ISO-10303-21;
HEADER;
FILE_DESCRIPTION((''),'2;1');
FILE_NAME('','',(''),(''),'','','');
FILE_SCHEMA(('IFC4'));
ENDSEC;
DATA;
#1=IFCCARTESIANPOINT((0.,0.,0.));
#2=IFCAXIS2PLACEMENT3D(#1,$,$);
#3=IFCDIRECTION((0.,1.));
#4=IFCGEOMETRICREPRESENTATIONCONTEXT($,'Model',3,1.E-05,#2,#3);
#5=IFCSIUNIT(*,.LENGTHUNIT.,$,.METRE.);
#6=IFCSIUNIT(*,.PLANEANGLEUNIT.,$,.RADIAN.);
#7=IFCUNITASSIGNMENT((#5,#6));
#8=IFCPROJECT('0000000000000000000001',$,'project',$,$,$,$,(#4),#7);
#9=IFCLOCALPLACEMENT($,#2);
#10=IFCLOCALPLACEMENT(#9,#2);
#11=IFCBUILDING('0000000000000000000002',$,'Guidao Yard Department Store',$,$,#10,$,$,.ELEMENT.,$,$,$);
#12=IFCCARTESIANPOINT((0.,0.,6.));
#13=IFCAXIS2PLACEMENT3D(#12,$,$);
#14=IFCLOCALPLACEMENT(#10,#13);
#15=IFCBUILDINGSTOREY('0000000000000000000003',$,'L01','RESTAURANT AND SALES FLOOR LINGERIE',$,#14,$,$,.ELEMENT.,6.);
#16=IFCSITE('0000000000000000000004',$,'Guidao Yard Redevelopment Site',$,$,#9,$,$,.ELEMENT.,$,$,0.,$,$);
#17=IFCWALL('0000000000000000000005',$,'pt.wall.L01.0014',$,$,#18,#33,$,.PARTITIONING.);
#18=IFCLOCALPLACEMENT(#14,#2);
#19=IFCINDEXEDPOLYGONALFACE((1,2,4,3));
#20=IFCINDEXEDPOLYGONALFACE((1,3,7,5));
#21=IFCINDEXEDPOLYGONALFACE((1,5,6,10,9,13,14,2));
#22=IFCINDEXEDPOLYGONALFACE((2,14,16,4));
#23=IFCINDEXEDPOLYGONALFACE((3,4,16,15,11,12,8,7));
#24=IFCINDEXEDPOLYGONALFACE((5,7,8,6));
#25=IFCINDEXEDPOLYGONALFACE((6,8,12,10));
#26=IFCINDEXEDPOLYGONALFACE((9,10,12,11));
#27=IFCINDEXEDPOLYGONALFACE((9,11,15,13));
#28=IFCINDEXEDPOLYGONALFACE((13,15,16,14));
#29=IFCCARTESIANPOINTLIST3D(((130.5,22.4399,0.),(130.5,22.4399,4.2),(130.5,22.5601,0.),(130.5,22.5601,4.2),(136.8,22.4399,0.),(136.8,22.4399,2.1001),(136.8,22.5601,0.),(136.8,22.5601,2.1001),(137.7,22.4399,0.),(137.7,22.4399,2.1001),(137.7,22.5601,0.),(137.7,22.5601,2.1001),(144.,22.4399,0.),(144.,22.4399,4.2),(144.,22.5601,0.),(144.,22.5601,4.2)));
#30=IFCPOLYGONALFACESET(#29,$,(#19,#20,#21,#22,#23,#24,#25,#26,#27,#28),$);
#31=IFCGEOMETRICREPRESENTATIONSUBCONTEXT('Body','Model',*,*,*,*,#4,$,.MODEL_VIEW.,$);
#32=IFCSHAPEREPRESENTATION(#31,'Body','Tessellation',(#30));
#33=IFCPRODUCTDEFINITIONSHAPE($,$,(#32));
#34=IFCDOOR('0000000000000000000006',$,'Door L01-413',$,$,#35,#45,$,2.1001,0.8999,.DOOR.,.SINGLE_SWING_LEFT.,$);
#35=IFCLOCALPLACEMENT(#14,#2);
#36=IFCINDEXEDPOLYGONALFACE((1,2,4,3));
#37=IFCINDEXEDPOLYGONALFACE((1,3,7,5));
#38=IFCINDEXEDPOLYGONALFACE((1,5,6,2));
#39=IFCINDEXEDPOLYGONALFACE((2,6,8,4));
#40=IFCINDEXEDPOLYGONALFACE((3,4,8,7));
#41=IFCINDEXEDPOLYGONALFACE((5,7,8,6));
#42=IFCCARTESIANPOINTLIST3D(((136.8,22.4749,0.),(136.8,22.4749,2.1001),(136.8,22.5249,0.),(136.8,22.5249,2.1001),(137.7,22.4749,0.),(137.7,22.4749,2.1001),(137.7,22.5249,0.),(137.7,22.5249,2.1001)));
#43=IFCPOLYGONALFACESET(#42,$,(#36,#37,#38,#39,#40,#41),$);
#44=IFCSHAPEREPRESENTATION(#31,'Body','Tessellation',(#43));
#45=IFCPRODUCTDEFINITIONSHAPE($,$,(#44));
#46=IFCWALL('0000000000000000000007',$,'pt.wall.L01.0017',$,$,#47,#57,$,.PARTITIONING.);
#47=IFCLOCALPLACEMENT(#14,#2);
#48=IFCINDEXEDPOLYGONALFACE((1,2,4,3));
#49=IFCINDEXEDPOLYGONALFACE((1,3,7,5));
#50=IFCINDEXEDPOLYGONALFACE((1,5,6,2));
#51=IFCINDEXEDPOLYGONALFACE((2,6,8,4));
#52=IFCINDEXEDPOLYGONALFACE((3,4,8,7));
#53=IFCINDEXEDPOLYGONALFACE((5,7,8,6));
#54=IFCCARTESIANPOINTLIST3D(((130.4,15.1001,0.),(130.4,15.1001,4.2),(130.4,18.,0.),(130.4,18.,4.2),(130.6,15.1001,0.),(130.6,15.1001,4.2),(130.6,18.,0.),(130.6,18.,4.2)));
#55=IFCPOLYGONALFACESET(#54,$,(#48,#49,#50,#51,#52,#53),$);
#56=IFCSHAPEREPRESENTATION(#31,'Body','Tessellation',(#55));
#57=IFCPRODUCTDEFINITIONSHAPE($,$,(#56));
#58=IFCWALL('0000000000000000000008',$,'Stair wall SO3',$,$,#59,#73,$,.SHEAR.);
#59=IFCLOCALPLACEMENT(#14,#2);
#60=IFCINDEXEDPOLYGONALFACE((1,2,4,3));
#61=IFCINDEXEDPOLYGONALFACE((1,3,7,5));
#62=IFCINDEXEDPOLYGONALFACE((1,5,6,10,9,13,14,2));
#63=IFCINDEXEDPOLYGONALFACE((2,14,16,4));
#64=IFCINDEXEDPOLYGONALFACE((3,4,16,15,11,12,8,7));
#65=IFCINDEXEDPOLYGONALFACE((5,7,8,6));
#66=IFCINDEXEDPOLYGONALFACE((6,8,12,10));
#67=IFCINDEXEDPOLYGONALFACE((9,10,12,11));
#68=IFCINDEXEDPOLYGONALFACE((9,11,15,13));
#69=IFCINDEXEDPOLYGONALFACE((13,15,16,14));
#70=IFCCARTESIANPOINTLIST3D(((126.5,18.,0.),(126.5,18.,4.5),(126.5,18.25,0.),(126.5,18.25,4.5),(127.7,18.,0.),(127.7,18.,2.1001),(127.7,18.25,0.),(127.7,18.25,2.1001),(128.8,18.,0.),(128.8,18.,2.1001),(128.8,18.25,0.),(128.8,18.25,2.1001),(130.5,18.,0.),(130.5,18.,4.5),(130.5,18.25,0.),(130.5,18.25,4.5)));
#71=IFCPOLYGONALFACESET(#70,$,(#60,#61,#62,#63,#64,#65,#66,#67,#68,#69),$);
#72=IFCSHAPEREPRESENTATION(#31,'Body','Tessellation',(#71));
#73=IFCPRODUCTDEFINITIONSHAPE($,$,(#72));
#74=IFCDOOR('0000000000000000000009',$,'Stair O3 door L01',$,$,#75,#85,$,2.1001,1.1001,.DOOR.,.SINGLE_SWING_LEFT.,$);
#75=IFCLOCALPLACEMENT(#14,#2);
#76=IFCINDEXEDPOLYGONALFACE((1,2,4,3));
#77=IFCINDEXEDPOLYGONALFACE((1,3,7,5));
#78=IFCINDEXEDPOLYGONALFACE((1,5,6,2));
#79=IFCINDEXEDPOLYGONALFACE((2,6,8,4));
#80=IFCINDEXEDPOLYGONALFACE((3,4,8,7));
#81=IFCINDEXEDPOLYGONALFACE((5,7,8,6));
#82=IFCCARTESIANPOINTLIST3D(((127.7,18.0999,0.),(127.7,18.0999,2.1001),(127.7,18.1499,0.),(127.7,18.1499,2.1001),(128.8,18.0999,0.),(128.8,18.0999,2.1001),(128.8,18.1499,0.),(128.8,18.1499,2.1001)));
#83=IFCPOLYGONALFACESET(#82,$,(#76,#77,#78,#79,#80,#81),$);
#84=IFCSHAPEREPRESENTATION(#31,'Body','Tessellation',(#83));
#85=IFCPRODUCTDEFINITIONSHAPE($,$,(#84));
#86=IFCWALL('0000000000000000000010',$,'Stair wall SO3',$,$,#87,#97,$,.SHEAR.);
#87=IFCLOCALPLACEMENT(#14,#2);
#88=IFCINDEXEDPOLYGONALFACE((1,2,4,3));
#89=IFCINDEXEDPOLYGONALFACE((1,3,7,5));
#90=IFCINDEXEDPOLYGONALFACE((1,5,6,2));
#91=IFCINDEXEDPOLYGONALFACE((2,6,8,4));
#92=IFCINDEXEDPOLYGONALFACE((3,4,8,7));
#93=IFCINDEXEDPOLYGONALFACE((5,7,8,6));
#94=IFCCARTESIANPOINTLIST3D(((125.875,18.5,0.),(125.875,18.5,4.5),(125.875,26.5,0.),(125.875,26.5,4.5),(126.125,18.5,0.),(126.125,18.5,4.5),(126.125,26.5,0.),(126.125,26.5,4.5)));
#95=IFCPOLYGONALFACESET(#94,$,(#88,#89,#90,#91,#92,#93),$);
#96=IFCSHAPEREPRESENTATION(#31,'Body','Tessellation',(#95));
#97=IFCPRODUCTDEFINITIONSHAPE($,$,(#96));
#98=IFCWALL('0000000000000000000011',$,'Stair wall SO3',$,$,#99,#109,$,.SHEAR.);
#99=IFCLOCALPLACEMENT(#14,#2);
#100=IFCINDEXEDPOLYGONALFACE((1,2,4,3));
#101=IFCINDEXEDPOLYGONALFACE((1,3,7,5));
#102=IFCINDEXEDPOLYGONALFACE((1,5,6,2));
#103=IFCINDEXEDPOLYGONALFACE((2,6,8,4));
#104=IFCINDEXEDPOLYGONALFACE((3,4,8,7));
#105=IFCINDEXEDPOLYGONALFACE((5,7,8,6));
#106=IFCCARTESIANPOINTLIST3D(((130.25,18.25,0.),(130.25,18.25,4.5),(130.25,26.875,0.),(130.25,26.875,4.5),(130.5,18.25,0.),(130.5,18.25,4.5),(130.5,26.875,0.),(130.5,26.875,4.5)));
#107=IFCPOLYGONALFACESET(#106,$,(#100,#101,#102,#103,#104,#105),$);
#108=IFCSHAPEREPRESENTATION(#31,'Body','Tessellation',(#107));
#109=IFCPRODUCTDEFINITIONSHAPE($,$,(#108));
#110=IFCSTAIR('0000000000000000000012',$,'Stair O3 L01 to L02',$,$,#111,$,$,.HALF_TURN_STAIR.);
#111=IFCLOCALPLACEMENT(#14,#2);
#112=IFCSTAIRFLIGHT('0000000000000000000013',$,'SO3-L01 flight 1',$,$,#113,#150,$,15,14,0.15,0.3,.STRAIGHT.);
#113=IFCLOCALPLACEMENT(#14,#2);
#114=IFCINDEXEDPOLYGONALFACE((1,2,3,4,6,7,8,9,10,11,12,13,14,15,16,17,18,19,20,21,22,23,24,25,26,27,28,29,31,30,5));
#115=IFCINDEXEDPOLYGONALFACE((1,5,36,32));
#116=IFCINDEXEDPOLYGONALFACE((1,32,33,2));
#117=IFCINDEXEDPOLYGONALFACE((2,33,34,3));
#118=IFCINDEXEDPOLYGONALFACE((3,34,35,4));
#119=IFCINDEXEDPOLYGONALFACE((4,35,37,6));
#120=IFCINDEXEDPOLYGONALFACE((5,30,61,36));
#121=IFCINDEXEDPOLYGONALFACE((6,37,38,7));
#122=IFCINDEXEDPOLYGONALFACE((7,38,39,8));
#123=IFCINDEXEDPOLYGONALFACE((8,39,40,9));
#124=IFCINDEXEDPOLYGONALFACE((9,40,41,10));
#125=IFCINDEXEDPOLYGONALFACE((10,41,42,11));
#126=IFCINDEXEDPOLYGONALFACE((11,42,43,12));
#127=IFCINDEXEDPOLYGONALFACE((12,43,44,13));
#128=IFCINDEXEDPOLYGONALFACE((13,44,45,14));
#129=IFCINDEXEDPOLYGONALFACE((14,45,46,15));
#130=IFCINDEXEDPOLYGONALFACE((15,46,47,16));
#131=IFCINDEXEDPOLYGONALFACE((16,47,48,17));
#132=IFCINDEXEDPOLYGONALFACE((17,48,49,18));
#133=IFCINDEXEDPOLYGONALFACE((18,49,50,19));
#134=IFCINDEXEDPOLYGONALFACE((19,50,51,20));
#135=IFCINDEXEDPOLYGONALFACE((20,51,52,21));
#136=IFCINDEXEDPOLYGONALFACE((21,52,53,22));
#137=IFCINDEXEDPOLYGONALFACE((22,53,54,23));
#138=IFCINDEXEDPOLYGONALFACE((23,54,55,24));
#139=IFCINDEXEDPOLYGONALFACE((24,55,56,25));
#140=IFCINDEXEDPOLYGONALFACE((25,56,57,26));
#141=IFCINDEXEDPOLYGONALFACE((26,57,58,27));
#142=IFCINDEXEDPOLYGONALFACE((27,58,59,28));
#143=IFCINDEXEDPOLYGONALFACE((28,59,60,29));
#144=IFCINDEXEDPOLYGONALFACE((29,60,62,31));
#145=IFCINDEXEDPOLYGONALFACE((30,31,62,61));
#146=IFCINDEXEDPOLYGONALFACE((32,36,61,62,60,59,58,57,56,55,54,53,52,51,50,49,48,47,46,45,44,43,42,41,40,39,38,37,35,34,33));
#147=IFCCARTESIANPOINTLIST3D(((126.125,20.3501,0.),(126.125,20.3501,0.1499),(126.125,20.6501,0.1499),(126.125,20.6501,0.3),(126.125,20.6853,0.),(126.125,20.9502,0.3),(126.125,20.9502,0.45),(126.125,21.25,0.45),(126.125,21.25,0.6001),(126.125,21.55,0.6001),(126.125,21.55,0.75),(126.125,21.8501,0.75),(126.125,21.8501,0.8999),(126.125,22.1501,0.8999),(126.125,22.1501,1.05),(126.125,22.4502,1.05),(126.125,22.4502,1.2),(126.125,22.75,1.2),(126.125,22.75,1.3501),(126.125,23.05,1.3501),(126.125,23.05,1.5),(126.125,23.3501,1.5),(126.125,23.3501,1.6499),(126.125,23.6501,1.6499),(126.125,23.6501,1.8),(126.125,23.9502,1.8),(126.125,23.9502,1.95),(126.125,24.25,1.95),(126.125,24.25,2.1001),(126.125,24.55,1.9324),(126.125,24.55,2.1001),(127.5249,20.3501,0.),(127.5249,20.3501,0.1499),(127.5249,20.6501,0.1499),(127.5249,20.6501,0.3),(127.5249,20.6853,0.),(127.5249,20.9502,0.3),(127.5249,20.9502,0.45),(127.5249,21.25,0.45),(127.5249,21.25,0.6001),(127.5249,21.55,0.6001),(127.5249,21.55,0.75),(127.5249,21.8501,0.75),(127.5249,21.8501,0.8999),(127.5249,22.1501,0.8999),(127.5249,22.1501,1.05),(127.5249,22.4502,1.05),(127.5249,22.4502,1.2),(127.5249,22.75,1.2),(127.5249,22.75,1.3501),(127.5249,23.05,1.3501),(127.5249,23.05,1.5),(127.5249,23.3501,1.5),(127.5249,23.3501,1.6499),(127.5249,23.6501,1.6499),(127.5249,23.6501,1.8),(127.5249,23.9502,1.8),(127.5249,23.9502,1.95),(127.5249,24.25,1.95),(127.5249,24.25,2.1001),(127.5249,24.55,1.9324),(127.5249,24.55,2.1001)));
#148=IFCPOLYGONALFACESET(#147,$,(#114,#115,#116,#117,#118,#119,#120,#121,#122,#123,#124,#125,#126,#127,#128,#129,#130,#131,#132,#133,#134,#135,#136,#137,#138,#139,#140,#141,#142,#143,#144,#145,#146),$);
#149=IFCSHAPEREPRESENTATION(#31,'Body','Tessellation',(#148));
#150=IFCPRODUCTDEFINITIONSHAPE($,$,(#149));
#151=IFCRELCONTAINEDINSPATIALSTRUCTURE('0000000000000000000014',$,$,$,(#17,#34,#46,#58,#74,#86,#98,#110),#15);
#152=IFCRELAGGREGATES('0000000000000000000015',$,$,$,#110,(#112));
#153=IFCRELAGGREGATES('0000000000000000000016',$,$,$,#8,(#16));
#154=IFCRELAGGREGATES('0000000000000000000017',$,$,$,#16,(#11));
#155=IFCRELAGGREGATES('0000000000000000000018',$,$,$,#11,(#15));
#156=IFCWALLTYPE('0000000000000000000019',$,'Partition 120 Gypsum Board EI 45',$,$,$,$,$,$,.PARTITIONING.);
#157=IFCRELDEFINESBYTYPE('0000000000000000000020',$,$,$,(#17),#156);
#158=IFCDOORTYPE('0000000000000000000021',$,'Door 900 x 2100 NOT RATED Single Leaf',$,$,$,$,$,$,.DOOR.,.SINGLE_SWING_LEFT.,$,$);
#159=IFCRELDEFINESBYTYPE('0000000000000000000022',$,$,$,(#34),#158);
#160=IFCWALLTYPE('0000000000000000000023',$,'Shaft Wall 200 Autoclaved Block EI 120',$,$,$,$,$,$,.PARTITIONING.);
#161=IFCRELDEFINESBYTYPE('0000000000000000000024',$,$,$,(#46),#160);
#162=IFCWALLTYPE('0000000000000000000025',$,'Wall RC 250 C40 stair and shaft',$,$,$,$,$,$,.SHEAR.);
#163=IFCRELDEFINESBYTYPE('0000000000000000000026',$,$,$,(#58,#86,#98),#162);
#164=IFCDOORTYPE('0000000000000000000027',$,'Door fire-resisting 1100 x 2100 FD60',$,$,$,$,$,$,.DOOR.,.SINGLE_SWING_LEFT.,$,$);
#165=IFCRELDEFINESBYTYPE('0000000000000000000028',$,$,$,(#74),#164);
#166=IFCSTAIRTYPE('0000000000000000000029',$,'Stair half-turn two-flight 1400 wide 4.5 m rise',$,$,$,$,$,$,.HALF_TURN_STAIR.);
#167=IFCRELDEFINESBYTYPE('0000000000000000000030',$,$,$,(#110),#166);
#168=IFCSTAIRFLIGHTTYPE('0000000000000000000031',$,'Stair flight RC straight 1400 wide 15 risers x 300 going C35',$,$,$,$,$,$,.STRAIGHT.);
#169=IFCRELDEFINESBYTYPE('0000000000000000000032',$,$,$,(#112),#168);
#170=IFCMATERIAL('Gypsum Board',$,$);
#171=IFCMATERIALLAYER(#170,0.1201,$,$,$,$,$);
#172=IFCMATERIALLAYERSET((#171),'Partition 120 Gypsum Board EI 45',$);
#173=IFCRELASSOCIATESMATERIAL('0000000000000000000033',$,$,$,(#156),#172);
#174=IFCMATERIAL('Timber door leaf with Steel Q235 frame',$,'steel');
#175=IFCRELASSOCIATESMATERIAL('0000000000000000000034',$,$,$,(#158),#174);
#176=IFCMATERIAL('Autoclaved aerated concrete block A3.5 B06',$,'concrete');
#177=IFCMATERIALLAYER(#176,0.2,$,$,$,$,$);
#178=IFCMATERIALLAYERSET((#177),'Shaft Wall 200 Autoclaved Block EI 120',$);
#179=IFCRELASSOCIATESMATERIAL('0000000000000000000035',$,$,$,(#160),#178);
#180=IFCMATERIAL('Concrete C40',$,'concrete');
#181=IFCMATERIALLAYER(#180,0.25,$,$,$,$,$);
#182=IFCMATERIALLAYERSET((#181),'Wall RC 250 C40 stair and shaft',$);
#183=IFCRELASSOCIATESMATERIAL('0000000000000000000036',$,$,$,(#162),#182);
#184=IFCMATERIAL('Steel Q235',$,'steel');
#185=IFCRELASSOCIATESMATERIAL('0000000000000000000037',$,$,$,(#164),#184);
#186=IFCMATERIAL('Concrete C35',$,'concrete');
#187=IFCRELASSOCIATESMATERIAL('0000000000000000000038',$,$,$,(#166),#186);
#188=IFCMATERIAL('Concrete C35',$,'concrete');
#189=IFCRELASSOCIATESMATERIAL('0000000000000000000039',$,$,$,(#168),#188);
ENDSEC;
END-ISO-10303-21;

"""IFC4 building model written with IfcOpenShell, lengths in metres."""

from ifc_helpers import new_model, si_unit, direction, frame, frame_2d, origin, place, context, subcontext, project, spatial, polyline, rectangle, outline, extrude, material, layer, layer_set, type_object, element, fill, aggregate, save


model = new_model("IFC4")

# Units and contexts
model_context = context("Model", 3, precision=1e-05, world=origin(), true_north=direction((0.0, 1.0)))
body_context = subcontext(model_context, "Body", "Model", "MODEL_VIEW")
ifc_project = project(units=[si_unit("LENGTHUNIT", "METRE"), si_unit("PLANEANGLEUNIT", "RADIAN")], contexts=[model_context])

# Site, building, storey
site_placement = place(None, origin())
site = spatial("IfcSite", under=ifc_project, at=site_placement, Name="Guidao Yard Redevelopment Site", CompositionType="ELEMENT", RefElevation=0.0)
building_placement = place(site_placement, origin())
building = spatial("IfcBuilding", under=site, at=building_placement, Name="Guidao Yard Department Store", CompositionType="ELEMENT")
storey_placement = place(building_placement, frame((0.0, 0.0, 6.0)))
storey = spatial("IfcBuildingStorey", under=building, at=storey_placement, Name="L01", Description="RESTAURANT AND SALES FLOOR LINGERIE", CompositionType="ELEMENT", Elevation=6.0)

# Wall, opening, door
ifc_material_1 = material(Name="Gypsum Board")
ifc_layer_1 = layer(ifc_material_1, 0.1201)
ifc_layer_set_1 = layer_set([ifc_layer_1], Name="Partition 120 Gypsum Board EI 45")
wall_type_1 = type_object("IfcWallType", Name="Partition 120 Gypsum Board EI 45", PredefinedType="PARTITIONING", material=ifc_layer_set_1)
wall_1_placement = place(storey_placement, frame((130.5, 22.5, 0.0), z_axis=(0.0, 0.0, 1.0), x_axis=(1.0, 0.0, 0.0)))
wall_1 = element("IfcWall", 1, at=wall_1_placement, inside=storey, type_object=wall_type_1, Name="pt.wall.L01.0014", PredefinedType="PARTITIONING", context=body_context, shape_type="SweptSolid", body=[
    extrude(rectangle(XDim=13.5, YDim=0.1201, at=frame_2d((6.75, 0.0))), origin(), (0.0, 0.0, 1.0), 4.2),
])
opening_1_placement = place(wall_1_placement, frame((6.3, 0.0, 0.0)))
opening_1 = element("IfcOpeningElement", 2, at=opening_1_placement, cuts=wall_1, PredefinedType="OPENING", context=body_context, shape_type="SweptSolid", body=[
    extrude(rectangle(XDim=0.8999, YDim=2.1001, at=frame_2d((0.45, 1.05))), frame((0.0, 0.0701, 0.0), z_axis=(0.0, -1.0, 0.0), x_axis=(1.0, 0.0, 0.0)), (0.0, 0.0, 1.0), 0.1401),
])
ifc_material_2 = material(Name="Timber door leaf with Steel Q235 frame", Category="steel")
door_type_1 = type_object("IfcDoorType", Name="Door 900 x 2100 NOT RATED Single Leaf", OperationType="SINGLE_SWING_LEFT", PredefinedType="DOOR", material=ifc_material_2)
door_1_placement = place(opening_1_placement, origin())
door_1 = element("IfcDoor", 3, at=door_1_placement, inside=storey, type_object=door_type_1, Name="Door L01-413", OperationType="SINGLE_SWING_LEFT", OverallHeight=2.1001, OverallWidth=0.8999, PredefinedType="DOOR", context=body_context, shape_type="SweptSolid", body=[
    extrude(rectangle(XDim=0.8999, YDim=2.1001, at=frame_2d((0.45, 1.05))), frame((0.0, 0.0249, 0.0), z_axis=(0.0, -1.0, 0.0), x_axis=(1.0, 0.0, 0.0)), (0.0, 0.0, 1.0), 0.05),
])
fill(opening_1, door_1)

# Wall
ifc_material_3 = material(Name="Autoclaved aerated concrete block A3.5 B06", Category="concrete")
ifc_layer_2 = layer(ifc_material_3, 0.2)
ifc_layer_set_2 = layer_set([ifc_layer_2], Name="Shaft Wall 200 Autoclaved Block EI 120")
wall_type_2 = type_object("IfcWallType", Name="Shaft Wall 200 Autoclaved Block EI 120", PredefinedType="PARTITIONING", material=ifc_layer_set_2)
wall_2_placement = place(storey_placement, frame((130.5, 15.1001, 0.0), z_axis=(0.0, 0.0, 1.0), x_axis=(0.0, 1.0, 0.0)))
element("IfcWall", 4, at=wall_2_placement, inside=storey, type_object=wall_type_2, Name="pt.wall.L01.0017", PredefinedType="PARTITIONING", context=body_context, shape_type="SweptSolid", body=[
    extrude(rectangle(XDim=2.8999, YDim=0.2, at=frame_2d((1.45, 0.0))), origin(), (0.0, 0.0, 1.0), 4.2),
])

# Wall, opening, door
ifc_material_4 = material(Name="Concrete C40", Category="concrete")
ifc_layer_3 = layer(ifc_material_4, 0.25)
ifc_layer_set_3 = layer_set([ifc_layer_3], Name="Wall RC 250 C40 stair and shaft")
wall_type_3 = type_object("IfcWallType", Name="Wall RC 250 C40 stair and shaft", PredefinedType="SHEAR", material=ifc_layer_set_3)
wall_3_placement = place(storey_placement, frame((126.5, 18.125, 0.0), z_axis=(0.0, 0.0, 1.0), x_axis=(1.0, 0.0, 0.0)))
wall_3 = element("IfcWall", 5, at=wall_3_placement, inside=storey, type_object=wall_type_3, Name="Stair wall SO3", PredefinedType="SHEAR", context=body_context, shape_type="SweptSolid", body=[
    extrude(rectangle(XDim=4.0, YDim=0.25, at=frame_2d((2.0, 0.0))), origin(), (0.0, 0.0, 1.0), 4.5),
])
opening_2_placement = place(wall_3_placement, frame((1.2, 0.0, 0.0)))
opening_2 = element("IfcOpeningElement", 6, at=opening_2_placement, cuts=wall_3, PredefinedType="OPENING", context=body_context, shape_type="SweptSolid", body=[
    extrude(rectangle(XDim=1.1001, YDim=2.1001, at=frame_2d((0.55, 1.05))), frame((0.0, 0.135, 0.0), z_axis=(0.0, -1.0, 0.0), x_axis=(1.0, 0.0, 0.0)), (0.0, 0.0, 1.0), 0.27),
])
ifc_material_5 = material(Name="Steel Q235", Category="steel")
door_type_2 = type_object("IfcDoorType", Name="Door fire-resisting 1100 x 2100 FD60", OperationType="SINGLE_SWING_LEFT", PredefinedType="DOOR", material=ifc_material_5)
door_2_placement = place(opening_2_placement, origin())
door_2 = element("IfcDoor", 7, at=door_2_placement, inside=storey, type_object=door_type_2, Name="Stair O3 door L01", OperationType="SINGLE_SWING_LEFT", OverallHeight=2.1001, OverallWidth=1.1001, PredefinedType="DOOR", context=body_context, shape_type="SweptSolid", body=[
    extrude(rectangle(XDim=1.1001, YDim=2.1001, at=frame_2d((0.55, 1.05))), frame((0.0, 0.0249, 0.0), z_axis=(0.0, -1.0, 0.0), x_axis=(1.0, 0.0, 0.0)), (0.0, 0.0, 1.0), 0.05),
])
fill(opening_2, door_2)

# Walls
wall_4_placement = place(storey_placement, frame((126.0, 18.5, 0.0), z_axis=(0.0, 0.0, 1.0), x_axis=(0.0, 1.0, 0.0)))
element("IfcWall", 8, at=wall_4_placement, inside=storey, type_object=wall_type_3, Name="Stair wall SO3", PredefinedType="SHEAR", context=body_context, shape_type="SweptSolid", body=[
    extrude(rectangle(XDim=8.0, YDim=0.25, at=frame_2d((4.0, 0.0))), origin(), (0.0, 0.0, 1.0), 4.5),
])
wall_5_placement = place(storey_placement, frame((130.375, 18.25, 0.0), z_axis=(0.0, 0.0, 1.0), x_axis=(0.0, 1.0, 0.0)))
element("IfcWall", 9, at=wall_5_placement, inside=storey, type_object=wall_type_3, Name="Stair wall SO3", PredefinedType="SHEAR", context=body_context, shape_type="SweptSolid", body=[
    extrude(rectangle(XDim=8.625, YDim=0.25, at=frame_2d((4.3125, 0.0))), origin(), (0.0, 0.0, 1.0), 4.5),
])

# Stair, stair flight
ifc_material_6 = material(Name="Concrete C35", Category="concrete")
stair_type = type_object("IfcStairType", Name="Stair half-turn two-flight 1400 wide 4.5 m rise", PredefinedType="HALF_TURN_STAIR", material=ifc_material_6)
stair_placement = place(storey_placement, origin())
stair = element("IfcStair", 10, at=stair_placement, inside=storey, type_object=stair_type, Name="Stair O3 L01 to L02", PredefinedType="HALF_TURN_STAIR")
ifc_material_7 = material(Name="Concrete C35", Category="concrete")
stair_flight_type = type_object("IfcStairFlightType", Name="Stair flight RC straight 1400 wide 15 risers x 300 going C35", PredefinedType="STRAIGHT", material=ifc_material_7)
stair_flight_placement = place(storey_placement, frame((126.825, 20.3501, 0.0), z_axis=(0.0, 0.0, 1.0), x_axis=(0.0, 1.0, 0.0)))
stair_flight = element("IfcStairFlight", 11, at=stair_flight_placement, type_object=stair_flight_type, Name="SO3-L01 flight 1", NumberOfRisers=15, NumberOfTreads=14, PredefinedType="STRAIGHT", RiserHeight=0.15, TreadLength=0.3, context=body_context, shape_type="SweptSolid", body=[
    extrude(outline(polyline([(0.0, 0.0), (0.0, 0.1499), (0.3, 0.1499), (0.3, 0.3), (0.6001, 0.3), (0.6001, 0.45), (0.8999, 0.45), (0.8999, 0.6001), (1.2, 0.6001), (1.2, 0.75), (1.5, 0.75), (1.5, 0.8999), (1.8, 0.8999), (1.8, 1.05), (2.1001, 1.05), (2.1001, 1.2), (2.3999, 1.2), (2.3999, 1.3501), (2.7, 1.3501), (2.7, 1.5), (3.0, 1.5), (3.0, 1.6499), (3.3, 1.6499), (3.3, 1.8), (3.6001, 1.8), (3.6001, 1.95), (3.8999, 1.95), (3.8999, 2.1001), (4.2, 2.1001), (4.2, 2.25), (4.2, 1.9324), (0.3352, 0.0), (0.0, 0.0)])), frame((0.0, 0.7, 0.0), z_axis=(0.0, -1.0, 0.0), x_axis=(1.0, 0.0, 0.0)), (0.0, 0.0, 1.0), 1.3999),
])
aggregate(stair, [stair_flight])

save(model, "model.ifc")
